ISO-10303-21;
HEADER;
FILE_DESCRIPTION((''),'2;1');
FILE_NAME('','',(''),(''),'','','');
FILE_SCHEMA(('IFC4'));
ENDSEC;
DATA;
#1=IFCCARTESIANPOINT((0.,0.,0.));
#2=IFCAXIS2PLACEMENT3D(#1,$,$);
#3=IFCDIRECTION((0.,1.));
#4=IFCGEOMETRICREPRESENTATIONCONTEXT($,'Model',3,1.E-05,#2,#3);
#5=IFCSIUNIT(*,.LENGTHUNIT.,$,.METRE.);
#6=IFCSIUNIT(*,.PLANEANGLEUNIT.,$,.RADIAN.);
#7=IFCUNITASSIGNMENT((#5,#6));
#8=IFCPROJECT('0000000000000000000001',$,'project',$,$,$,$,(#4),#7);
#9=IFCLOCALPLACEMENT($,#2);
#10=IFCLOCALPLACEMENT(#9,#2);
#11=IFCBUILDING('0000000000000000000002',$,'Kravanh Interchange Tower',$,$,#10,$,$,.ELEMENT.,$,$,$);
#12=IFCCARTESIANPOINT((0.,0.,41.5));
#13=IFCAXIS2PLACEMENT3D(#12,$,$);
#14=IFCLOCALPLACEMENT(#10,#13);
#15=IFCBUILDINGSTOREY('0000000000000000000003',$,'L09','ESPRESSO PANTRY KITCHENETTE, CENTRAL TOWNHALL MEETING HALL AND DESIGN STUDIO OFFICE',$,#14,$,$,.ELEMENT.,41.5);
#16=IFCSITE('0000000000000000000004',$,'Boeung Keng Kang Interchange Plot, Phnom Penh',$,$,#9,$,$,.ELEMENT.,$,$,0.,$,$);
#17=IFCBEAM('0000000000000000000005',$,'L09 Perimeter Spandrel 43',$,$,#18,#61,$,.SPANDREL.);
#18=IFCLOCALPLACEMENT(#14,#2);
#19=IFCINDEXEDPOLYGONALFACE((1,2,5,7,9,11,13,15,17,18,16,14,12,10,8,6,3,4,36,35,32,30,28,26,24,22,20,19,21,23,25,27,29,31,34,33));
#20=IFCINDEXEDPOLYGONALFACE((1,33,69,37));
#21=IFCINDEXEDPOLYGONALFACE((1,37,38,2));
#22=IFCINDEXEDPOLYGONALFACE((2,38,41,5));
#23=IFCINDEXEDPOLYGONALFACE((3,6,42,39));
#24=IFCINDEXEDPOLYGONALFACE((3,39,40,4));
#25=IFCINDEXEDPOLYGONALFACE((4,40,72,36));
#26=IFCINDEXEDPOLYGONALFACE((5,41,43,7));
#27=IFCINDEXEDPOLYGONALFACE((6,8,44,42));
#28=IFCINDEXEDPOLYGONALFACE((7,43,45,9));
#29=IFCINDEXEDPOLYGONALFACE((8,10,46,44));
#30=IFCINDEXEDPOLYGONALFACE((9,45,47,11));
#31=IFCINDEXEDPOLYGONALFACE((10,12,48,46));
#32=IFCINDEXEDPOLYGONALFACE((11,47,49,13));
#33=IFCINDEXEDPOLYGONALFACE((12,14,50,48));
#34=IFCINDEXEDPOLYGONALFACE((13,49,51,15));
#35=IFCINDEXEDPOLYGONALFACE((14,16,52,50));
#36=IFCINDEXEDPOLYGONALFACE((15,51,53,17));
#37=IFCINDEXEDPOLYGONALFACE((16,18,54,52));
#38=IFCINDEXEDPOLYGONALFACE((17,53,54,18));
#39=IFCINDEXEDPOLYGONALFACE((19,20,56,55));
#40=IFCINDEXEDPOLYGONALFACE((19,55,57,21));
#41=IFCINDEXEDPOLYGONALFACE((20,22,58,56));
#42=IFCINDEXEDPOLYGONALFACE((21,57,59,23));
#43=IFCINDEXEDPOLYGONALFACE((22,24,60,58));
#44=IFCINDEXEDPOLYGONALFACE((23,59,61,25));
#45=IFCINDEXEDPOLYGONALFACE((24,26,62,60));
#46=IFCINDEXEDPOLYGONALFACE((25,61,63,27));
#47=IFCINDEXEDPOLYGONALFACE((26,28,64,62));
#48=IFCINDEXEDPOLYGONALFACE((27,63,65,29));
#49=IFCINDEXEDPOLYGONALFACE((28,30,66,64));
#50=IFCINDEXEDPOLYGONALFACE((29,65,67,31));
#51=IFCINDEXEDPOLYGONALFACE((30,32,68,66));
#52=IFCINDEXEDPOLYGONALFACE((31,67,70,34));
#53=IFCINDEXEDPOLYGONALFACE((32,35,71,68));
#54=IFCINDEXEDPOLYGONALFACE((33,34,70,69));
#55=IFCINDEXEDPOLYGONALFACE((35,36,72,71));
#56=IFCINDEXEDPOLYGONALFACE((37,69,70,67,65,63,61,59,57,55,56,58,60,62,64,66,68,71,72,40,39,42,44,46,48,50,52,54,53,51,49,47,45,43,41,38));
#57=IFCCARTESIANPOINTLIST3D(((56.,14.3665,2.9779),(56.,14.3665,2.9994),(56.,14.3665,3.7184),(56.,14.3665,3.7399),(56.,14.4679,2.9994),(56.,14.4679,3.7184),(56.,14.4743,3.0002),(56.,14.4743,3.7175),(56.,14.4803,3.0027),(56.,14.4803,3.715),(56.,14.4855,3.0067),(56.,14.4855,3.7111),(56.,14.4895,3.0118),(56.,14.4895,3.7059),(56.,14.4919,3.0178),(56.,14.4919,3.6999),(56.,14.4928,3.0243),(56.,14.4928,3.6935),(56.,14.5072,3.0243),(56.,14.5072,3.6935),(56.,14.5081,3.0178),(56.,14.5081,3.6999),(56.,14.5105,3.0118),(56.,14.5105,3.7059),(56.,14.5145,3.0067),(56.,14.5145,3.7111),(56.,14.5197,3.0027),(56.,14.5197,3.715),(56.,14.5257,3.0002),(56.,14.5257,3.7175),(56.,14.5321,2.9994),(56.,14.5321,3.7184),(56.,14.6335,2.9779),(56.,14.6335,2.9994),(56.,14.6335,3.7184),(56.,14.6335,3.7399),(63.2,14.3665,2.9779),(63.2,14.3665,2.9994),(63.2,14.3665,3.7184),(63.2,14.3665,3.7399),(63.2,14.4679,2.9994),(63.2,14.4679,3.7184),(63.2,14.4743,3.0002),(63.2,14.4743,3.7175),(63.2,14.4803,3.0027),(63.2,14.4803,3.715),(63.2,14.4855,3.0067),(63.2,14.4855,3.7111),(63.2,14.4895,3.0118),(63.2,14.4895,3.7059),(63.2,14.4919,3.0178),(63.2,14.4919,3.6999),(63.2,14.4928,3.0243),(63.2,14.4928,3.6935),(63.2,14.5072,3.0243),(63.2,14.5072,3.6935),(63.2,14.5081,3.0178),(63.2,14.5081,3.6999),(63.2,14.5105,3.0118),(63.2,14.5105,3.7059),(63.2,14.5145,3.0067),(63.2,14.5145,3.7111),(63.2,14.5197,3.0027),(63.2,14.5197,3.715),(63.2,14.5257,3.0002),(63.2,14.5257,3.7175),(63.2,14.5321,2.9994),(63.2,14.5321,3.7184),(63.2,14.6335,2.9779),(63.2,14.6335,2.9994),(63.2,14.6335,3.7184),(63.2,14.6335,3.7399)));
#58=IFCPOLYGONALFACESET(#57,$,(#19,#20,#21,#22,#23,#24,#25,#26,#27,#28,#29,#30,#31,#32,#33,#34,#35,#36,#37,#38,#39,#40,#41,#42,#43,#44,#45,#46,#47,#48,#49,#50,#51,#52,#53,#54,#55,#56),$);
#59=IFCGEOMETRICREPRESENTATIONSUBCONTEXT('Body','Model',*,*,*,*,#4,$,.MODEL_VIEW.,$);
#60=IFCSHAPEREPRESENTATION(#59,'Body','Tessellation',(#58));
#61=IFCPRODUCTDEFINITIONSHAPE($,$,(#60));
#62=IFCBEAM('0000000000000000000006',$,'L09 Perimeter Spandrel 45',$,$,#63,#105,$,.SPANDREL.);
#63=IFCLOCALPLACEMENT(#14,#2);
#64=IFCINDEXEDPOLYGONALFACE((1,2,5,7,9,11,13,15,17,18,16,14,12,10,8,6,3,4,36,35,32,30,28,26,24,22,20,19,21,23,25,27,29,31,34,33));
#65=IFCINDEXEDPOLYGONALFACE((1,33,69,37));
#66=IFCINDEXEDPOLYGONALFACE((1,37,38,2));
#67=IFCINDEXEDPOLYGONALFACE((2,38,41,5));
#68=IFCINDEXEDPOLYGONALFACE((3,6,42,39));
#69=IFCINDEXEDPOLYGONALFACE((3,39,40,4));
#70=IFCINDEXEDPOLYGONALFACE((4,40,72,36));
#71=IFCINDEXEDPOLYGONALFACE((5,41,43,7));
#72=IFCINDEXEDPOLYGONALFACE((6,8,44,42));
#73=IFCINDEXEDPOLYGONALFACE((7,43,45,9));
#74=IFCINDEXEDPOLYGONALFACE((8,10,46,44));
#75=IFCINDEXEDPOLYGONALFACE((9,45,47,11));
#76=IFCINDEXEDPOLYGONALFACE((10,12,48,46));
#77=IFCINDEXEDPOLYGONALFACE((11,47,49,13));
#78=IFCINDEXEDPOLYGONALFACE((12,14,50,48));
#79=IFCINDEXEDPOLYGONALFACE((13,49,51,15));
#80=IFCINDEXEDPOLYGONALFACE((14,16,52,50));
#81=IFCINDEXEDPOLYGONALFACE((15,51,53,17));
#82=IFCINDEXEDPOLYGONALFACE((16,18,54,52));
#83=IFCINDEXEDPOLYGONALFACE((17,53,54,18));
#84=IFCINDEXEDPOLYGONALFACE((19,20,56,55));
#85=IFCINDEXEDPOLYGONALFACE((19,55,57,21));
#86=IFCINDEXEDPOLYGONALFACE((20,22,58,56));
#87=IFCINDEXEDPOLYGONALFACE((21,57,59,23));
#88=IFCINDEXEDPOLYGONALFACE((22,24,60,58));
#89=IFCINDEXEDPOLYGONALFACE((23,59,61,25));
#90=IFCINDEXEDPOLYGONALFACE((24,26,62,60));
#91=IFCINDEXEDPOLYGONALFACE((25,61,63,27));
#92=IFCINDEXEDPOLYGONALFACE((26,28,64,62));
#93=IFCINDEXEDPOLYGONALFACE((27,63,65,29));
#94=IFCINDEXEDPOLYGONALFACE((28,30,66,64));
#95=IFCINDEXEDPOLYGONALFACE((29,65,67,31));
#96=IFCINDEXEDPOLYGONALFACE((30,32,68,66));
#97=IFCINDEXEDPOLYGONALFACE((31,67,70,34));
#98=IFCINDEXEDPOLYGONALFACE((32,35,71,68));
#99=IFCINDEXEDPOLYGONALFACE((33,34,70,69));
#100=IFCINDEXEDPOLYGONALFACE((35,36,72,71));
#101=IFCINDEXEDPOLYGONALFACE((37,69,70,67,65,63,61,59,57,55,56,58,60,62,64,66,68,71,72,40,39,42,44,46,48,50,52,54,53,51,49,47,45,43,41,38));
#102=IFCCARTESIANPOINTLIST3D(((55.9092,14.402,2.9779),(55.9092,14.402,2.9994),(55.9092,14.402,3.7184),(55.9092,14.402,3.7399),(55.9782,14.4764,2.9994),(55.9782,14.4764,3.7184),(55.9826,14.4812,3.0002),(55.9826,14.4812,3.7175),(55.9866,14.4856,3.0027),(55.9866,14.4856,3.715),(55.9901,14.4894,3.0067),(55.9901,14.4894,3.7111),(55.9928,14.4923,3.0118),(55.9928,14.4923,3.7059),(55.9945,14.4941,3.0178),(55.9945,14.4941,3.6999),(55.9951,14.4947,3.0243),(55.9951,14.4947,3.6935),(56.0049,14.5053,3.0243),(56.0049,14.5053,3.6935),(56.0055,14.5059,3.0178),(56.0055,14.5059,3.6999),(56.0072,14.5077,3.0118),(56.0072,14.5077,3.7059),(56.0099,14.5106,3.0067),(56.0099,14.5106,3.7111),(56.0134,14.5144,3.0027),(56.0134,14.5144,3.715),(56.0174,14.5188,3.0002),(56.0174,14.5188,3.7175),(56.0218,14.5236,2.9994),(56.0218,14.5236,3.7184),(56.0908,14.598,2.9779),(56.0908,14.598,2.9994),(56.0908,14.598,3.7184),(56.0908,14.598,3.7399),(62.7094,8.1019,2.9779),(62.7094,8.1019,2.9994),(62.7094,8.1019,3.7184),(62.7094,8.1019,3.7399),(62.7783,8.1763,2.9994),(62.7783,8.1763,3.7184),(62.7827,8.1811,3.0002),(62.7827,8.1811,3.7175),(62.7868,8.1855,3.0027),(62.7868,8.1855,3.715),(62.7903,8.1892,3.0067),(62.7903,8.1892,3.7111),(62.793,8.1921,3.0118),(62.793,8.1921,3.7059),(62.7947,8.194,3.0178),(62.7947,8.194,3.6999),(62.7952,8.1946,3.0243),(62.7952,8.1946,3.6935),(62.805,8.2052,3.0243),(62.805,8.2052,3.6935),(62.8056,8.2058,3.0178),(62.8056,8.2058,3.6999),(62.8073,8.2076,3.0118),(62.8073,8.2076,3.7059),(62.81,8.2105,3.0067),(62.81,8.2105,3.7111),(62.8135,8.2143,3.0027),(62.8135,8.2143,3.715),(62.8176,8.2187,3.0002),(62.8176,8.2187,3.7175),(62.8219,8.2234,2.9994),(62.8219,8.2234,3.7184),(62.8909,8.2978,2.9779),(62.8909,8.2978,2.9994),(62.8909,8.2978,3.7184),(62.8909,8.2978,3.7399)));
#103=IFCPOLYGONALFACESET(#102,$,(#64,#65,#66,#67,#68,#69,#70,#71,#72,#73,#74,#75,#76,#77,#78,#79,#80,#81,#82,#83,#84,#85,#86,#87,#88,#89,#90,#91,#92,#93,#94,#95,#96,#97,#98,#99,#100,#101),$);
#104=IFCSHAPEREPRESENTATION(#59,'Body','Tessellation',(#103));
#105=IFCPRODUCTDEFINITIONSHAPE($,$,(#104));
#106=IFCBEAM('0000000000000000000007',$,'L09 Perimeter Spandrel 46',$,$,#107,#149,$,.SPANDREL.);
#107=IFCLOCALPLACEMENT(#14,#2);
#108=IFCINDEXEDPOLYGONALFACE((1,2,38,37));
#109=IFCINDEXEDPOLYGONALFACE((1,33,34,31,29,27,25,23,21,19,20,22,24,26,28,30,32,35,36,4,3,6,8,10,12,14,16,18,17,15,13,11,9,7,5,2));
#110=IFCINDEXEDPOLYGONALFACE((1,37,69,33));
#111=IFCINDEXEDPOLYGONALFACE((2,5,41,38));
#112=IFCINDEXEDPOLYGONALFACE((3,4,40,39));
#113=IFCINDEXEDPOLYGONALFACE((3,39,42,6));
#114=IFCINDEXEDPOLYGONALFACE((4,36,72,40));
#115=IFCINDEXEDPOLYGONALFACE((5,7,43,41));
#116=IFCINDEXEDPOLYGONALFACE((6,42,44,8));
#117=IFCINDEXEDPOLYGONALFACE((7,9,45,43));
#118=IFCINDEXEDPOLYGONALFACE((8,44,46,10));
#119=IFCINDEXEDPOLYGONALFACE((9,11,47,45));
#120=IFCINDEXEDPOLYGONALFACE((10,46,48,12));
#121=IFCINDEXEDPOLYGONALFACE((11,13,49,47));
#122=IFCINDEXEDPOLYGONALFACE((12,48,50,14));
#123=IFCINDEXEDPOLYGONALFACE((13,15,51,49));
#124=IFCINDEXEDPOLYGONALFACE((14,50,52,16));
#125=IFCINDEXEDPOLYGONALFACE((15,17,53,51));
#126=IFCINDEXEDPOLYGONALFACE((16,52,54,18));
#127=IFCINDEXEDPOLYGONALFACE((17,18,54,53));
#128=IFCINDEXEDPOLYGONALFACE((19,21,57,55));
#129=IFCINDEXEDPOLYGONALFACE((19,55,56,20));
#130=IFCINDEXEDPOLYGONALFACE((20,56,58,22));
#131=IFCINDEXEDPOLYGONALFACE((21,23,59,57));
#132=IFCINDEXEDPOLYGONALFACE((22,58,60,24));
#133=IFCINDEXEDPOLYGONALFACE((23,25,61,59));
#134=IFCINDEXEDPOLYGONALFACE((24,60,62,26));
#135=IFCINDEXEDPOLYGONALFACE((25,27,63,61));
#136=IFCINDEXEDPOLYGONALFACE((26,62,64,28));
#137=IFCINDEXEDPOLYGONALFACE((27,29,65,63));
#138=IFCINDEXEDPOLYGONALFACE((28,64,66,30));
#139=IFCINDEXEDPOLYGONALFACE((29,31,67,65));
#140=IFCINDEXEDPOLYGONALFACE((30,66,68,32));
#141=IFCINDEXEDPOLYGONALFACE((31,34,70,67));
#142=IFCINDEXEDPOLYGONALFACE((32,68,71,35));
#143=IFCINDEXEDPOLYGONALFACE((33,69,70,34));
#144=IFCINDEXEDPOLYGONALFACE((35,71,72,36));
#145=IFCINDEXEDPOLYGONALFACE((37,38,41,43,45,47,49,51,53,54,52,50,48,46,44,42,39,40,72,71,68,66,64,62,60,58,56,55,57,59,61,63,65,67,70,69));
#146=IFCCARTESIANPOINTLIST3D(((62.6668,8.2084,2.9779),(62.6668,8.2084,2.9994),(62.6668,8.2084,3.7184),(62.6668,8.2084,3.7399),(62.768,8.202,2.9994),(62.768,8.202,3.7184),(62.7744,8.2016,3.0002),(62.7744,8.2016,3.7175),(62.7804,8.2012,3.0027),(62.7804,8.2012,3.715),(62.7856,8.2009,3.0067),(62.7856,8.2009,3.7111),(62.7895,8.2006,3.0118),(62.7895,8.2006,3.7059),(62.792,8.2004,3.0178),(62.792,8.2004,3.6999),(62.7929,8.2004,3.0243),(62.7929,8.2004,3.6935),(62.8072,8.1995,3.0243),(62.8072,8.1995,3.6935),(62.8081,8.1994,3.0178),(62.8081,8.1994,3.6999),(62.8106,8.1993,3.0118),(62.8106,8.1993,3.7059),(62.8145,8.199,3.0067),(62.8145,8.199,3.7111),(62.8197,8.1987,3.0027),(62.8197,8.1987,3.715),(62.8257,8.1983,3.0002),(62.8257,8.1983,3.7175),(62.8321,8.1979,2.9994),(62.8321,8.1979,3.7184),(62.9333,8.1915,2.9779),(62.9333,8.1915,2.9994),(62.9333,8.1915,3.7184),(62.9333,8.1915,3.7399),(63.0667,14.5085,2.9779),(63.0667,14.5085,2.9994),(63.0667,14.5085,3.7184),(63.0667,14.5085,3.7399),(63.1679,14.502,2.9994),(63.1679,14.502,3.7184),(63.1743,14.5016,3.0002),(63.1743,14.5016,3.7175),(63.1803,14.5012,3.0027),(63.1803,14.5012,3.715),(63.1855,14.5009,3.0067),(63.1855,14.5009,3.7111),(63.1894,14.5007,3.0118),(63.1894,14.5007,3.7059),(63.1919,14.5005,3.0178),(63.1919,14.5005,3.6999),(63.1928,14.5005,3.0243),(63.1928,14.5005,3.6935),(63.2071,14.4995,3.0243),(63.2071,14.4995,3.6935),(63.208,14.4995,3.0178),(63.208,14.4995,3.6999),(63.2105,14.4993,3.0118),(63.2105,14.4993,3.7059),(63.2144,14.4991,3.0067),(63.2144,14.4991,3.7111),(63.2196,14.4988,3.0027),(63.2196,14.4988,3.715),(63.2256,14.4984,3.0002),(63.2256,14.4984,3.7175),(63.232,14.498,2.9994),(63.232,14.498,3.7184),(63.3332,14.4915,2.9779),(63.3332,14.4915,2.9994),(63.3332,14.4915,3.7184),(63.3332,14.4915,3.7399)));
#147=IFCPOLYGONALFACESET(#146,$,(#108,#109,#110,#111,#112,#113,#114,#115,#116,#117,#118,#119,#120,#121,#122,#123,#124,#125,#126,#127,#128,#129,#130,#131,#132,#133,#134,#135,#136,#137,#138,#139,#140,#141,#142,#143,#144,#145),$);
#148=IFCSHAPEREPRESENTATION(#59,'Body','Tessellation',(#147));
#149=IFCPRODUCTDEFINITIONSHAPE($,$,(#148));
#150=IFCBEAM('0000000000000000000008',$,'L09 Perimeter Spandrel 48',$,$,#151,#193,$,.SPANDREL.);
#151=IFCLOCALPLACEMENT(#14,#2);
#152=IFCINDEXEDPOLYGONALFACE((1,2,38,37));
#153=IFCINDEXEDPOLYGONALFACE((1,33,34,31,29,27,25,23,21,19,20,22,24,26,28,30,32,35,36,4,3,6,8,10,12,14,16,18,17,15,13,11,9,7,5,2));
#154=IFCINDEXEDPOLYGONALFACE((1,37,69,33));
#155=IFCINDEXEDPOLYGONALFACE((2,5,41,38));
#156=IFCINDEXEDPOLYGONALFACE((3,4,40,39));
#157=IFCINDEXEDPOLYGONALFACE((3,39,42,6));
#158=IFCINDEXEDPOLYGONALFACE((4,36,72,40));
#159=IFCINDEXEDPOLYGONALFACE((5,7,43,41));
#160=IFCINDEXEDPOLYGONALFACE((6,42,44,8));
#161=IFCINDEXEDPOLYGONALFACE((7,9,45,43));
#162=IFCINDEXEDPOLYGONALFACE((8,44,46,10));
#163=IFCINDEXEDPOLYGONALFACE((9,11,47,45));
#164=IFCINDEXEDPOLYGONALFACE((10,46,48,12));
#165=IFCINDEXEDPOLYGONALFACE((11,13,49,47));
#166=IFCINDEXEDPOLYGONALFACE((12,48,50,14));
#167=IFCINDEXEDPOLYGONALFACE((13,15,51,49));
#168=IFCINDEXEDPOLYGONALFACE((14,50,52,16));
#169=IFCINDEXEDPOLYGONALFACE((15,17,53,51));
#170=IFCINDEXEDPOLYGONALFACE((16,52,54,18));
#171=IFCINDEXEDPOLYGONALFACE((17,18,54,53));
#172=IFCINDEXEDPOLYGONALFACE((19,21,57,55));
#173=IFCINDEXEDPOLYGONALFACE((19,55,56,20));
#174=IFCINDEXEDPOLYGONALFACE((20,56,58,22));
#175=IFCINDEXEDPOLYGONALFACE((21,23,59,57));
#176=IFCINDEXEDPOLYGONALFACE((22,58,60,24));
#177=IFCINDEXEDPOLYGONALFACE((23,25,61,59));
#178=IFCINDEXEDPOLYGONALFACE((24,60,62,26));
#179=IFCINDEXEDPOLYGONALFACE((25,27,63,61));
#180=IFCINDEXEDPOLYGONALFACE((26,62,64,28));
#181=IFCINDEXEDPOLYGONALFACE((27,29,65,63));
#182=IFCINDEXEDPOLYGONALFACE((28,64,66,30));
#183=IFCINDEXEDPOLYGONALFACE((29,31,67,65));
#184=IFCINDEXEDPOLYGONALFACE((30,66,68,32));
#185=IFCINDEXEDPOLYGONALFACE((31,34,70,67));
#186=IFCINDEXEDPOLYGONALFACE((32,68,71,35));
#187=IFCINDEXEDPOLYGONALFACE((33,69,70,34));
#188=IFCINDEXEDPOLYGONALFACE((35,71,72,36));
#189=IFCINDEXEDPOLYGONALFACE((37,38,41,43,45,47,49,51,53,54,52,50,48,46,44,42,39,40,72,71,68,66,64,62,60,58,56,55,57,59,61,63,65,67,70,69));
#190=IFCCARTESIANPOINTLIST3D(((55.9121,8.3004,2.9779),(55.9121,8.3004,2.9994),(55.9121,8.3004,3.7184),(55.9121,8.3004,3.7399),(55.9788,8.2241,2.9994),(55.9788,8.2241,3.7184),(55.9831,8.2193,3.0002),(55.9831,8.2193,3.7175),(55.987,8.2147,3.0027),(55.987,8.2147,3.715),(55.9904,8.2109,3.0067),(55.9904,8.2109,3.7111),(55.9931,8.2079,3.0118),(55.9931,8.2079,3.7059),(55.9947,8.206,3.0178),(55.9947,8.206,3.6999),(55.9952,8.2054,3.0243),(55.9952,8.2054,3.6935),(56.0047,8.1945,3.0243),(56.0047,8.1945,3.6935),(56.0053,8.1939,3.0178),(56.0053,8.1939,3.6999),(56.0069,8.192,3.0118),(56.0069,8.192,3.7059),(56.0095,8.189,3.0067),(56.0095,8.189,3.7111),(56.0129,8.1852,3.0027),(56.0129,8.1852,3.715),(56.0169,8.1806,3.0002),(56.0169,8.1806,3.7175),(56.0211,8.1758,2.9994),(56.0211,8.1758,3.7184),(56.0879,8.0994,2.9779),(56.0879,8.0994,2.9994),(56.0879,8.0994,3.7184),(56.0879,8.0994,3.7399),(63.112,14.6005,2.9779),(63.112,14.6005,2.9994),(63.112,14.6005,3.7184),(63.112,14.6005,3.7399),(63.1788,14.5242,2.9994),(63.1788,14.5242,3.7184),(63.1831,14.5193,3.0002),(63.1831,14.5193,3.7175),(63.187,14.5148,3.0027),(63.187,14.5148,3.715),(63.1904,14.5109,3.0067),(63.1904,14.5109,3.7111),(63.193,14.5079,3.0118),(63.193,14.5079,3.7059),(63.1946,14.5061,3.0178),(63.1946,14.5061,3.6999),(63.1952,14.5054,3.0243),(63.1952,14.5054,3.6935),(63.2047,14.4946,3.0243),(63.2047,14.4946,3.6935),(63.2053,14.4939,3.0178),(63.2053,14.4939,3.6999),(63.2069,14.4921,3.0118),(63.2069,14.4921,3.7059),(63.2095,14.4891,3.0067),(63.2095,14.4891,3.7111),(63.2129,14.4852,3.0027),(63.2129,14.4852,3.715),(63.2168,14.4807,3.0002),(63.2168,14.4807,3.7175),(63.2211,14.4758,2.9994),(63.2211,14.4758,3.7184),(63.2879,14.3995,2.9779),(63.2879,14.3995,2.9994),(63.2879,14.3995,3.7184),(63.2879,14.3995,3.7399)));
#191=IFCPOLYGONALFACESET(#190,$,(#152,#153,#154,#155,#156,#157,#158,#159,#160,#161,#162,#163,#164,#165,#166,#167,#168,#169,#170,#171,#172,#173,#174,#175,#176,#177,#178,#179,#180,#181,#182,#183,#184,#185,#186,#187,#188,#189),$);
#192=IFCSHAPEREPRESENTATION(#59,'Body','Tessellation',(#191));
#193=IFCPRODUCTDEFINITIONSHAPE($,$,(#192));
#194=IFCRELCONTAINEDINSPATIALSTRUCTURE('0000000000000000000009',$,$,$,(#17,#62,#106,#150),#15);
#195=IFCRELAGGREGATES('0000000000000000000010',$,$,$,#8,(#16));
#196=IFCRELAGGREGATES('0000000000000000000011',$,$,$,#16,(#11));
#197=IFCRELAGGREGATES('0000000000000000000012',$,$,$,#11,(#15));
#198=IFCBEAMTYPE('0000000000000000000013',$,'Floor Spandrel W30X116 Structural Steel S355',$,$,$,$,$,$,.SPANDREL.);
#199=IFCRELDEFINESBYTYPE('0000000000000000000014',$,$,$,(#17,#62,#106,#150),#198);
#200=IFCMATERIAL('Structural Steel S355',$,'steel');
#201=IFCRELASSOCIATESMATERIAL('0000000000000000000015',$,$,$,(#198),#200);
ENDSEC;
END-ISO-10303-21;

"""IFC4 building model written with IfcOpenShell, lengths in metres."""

from ifc_helpers import new_model, si_unit, direction, frame, origin, origin_2d, place, context, subcontext, project, spatial, i_section, extrude, material, material_profile, profile_set, type_object, element, save


model = new_model("IFC4")

# Units and contexts
model_context = context("Model", 3, precision=1e-05, world=origin(), true_north=direction((0.0, 1.0)))
body_context = subcontext(model_context, "Body", "Model", "MODEL_VIEW")
ifc_project = project(units=[si_unit("LENGTHUNIT", "METRE"), si_unit("PLANEANGLEUNIT", "RADIAN")], contexts=[model_context])

# Site, building, storey
site_placement = place(None, origin())
site = spatial("IfcSite", under=ifc_project, at=site_placement, Name="Boeung Keng Kang Interchange Plot, Phnom Penh", CompositionType="ELEMENT", RefElevation=0.0)
building_placement = place(site_placement, origin())
building = spatial("IfcBuilding", under=site, at=building_placement, Name="Kravanh Interchange Tower", CompositionType="ELEMENT")
storey_placement = place(building_placement, frame((0.0, 0.0, 41.5)))
storey = spatial("IfcBuildingStorey", under=building, at=storey_placement, Name="L09", Description="ESPRESSO PANTRY KITCHENETTE, CENTRAL TOWNHALL MEETING HALL AND DESIGN STUDIO OFFICE", CompositionType="ELEMENT", Elevation=41.5)

# Beams
ifc_material_1 = material(Name="Structural Steel S355", Category="steel")
ifc_material_profile_1 = material_profile(ifc_material_1, i_section(OverallWidth=0.2671, OverallDepth=0.762, WebThickness=0.0144, FlangeThickness=0.0215, FilletRadius=0.0249, at=origin_2d()), Name="W30X116")
ifc_profile_set_1 = profile_set([ifc_material_profile_1], Name="Structural Steel S355")
beam_type_1 = type_object("IfcBeamType", Name="Floor Spandrel W30X116 Structural Steel S355", PredefinedType="SPANDREL", material=ifc_profile_set_1)
beam_1_placement = place(storey_placement, frame((56.0, 14.5, 3.3589), z_axis=(1.0, 0.0, 0.0), x_axis=(0.0, 1.0, 0.0)))
element("IfcBeam", 1, at=beam_1_placement, inside=storey, type_object=beam_type_1, Name="L09 Perimeter Spandrel 43", PredefinedType="SPANDREL", context=body_context, shape_type="SweptSolid", body=[
    extrude(i_section(OverallWidth=0.2671, OverallDepth=0.762, WebThickness=0.0144, FlangeThickness=0.0215, FilletRadius=0.0249, at=origin_2d()), origin(), (0.0, 0.0, 1.0), 7.2),
])
beam_2_placement = place(storey_placement, frame((56.0, 14.5, 3.3589), z_axis=(0.733561, -0.679623, 0.0), x_axis=(0.679623, 0.733561, 0.0)))
element("IfcBeam", 2, at=beam_2_placement, inside=storey, type_object=beam_type_1, Name="L09 Perimeter Spandrel 45", PredefinedType="SPANDREL", context=body_context, shape_type="SweptSolid", body=[
    extrude(i_section(OverallWidth=0.2671, OverallDepth=0.762, WebThickness=0.0144, FlangeThickness=0.0215, FilletRadius=0.0249, at=origin_2d()), origin(), (0.0, 0.0, 1.0), 9.27),
])
beam_3_placement = place(storey_placement, frame((63.2, 14.5, 3.3589), z_axis=(-0.063349, -0.997991, 0.0), x_axis=(0.997991, -0.063349, 0.0)))
element("IfcBeam", 3, at=beam_3_placement, inside=storey, type_object=beam_type_1, Name="L09 Perimeter Spandrel 46", PredefinedType="SPANDREL", context=body_context, shape_type="SweptSolid", body=[
    extrude(i_section(OverallWidth=0.2671, OverallDepth=0.762, WebThickness=0.0144, FlangeThickness=0.0215, FilletRadius=0.0249, at=origin_2d()), origin(), (0.0, 0.0, 1.0), 6.3127),
])
beam_4_placement = place(storey_placement, frame((63.2, 14.5, 3.3589), z_axis=(-0.752572, -0.65851, 0.0), x_axis=(0.65851, -0.752572, 0.0)))
element("IfcBeam", 4, at=beam_4_placement, inside=storey, type_object=beam_type_1, Name="L09 Perimeter Spandrel 48", PredefinedType="SPANDREL", context=body_context, shape_type="SweptSolid", body=[
    extrude(i_section(OverallWidth=0.2671, OverallDepth=0.762, WebThickness=0.0144, FlangeThickness=0.0215, FilletRadius=0.0249, at=origin_2d()), origin(), (0.0, 0.0, 1.0), 9.5671),
])

save(model, "model.ifc")
